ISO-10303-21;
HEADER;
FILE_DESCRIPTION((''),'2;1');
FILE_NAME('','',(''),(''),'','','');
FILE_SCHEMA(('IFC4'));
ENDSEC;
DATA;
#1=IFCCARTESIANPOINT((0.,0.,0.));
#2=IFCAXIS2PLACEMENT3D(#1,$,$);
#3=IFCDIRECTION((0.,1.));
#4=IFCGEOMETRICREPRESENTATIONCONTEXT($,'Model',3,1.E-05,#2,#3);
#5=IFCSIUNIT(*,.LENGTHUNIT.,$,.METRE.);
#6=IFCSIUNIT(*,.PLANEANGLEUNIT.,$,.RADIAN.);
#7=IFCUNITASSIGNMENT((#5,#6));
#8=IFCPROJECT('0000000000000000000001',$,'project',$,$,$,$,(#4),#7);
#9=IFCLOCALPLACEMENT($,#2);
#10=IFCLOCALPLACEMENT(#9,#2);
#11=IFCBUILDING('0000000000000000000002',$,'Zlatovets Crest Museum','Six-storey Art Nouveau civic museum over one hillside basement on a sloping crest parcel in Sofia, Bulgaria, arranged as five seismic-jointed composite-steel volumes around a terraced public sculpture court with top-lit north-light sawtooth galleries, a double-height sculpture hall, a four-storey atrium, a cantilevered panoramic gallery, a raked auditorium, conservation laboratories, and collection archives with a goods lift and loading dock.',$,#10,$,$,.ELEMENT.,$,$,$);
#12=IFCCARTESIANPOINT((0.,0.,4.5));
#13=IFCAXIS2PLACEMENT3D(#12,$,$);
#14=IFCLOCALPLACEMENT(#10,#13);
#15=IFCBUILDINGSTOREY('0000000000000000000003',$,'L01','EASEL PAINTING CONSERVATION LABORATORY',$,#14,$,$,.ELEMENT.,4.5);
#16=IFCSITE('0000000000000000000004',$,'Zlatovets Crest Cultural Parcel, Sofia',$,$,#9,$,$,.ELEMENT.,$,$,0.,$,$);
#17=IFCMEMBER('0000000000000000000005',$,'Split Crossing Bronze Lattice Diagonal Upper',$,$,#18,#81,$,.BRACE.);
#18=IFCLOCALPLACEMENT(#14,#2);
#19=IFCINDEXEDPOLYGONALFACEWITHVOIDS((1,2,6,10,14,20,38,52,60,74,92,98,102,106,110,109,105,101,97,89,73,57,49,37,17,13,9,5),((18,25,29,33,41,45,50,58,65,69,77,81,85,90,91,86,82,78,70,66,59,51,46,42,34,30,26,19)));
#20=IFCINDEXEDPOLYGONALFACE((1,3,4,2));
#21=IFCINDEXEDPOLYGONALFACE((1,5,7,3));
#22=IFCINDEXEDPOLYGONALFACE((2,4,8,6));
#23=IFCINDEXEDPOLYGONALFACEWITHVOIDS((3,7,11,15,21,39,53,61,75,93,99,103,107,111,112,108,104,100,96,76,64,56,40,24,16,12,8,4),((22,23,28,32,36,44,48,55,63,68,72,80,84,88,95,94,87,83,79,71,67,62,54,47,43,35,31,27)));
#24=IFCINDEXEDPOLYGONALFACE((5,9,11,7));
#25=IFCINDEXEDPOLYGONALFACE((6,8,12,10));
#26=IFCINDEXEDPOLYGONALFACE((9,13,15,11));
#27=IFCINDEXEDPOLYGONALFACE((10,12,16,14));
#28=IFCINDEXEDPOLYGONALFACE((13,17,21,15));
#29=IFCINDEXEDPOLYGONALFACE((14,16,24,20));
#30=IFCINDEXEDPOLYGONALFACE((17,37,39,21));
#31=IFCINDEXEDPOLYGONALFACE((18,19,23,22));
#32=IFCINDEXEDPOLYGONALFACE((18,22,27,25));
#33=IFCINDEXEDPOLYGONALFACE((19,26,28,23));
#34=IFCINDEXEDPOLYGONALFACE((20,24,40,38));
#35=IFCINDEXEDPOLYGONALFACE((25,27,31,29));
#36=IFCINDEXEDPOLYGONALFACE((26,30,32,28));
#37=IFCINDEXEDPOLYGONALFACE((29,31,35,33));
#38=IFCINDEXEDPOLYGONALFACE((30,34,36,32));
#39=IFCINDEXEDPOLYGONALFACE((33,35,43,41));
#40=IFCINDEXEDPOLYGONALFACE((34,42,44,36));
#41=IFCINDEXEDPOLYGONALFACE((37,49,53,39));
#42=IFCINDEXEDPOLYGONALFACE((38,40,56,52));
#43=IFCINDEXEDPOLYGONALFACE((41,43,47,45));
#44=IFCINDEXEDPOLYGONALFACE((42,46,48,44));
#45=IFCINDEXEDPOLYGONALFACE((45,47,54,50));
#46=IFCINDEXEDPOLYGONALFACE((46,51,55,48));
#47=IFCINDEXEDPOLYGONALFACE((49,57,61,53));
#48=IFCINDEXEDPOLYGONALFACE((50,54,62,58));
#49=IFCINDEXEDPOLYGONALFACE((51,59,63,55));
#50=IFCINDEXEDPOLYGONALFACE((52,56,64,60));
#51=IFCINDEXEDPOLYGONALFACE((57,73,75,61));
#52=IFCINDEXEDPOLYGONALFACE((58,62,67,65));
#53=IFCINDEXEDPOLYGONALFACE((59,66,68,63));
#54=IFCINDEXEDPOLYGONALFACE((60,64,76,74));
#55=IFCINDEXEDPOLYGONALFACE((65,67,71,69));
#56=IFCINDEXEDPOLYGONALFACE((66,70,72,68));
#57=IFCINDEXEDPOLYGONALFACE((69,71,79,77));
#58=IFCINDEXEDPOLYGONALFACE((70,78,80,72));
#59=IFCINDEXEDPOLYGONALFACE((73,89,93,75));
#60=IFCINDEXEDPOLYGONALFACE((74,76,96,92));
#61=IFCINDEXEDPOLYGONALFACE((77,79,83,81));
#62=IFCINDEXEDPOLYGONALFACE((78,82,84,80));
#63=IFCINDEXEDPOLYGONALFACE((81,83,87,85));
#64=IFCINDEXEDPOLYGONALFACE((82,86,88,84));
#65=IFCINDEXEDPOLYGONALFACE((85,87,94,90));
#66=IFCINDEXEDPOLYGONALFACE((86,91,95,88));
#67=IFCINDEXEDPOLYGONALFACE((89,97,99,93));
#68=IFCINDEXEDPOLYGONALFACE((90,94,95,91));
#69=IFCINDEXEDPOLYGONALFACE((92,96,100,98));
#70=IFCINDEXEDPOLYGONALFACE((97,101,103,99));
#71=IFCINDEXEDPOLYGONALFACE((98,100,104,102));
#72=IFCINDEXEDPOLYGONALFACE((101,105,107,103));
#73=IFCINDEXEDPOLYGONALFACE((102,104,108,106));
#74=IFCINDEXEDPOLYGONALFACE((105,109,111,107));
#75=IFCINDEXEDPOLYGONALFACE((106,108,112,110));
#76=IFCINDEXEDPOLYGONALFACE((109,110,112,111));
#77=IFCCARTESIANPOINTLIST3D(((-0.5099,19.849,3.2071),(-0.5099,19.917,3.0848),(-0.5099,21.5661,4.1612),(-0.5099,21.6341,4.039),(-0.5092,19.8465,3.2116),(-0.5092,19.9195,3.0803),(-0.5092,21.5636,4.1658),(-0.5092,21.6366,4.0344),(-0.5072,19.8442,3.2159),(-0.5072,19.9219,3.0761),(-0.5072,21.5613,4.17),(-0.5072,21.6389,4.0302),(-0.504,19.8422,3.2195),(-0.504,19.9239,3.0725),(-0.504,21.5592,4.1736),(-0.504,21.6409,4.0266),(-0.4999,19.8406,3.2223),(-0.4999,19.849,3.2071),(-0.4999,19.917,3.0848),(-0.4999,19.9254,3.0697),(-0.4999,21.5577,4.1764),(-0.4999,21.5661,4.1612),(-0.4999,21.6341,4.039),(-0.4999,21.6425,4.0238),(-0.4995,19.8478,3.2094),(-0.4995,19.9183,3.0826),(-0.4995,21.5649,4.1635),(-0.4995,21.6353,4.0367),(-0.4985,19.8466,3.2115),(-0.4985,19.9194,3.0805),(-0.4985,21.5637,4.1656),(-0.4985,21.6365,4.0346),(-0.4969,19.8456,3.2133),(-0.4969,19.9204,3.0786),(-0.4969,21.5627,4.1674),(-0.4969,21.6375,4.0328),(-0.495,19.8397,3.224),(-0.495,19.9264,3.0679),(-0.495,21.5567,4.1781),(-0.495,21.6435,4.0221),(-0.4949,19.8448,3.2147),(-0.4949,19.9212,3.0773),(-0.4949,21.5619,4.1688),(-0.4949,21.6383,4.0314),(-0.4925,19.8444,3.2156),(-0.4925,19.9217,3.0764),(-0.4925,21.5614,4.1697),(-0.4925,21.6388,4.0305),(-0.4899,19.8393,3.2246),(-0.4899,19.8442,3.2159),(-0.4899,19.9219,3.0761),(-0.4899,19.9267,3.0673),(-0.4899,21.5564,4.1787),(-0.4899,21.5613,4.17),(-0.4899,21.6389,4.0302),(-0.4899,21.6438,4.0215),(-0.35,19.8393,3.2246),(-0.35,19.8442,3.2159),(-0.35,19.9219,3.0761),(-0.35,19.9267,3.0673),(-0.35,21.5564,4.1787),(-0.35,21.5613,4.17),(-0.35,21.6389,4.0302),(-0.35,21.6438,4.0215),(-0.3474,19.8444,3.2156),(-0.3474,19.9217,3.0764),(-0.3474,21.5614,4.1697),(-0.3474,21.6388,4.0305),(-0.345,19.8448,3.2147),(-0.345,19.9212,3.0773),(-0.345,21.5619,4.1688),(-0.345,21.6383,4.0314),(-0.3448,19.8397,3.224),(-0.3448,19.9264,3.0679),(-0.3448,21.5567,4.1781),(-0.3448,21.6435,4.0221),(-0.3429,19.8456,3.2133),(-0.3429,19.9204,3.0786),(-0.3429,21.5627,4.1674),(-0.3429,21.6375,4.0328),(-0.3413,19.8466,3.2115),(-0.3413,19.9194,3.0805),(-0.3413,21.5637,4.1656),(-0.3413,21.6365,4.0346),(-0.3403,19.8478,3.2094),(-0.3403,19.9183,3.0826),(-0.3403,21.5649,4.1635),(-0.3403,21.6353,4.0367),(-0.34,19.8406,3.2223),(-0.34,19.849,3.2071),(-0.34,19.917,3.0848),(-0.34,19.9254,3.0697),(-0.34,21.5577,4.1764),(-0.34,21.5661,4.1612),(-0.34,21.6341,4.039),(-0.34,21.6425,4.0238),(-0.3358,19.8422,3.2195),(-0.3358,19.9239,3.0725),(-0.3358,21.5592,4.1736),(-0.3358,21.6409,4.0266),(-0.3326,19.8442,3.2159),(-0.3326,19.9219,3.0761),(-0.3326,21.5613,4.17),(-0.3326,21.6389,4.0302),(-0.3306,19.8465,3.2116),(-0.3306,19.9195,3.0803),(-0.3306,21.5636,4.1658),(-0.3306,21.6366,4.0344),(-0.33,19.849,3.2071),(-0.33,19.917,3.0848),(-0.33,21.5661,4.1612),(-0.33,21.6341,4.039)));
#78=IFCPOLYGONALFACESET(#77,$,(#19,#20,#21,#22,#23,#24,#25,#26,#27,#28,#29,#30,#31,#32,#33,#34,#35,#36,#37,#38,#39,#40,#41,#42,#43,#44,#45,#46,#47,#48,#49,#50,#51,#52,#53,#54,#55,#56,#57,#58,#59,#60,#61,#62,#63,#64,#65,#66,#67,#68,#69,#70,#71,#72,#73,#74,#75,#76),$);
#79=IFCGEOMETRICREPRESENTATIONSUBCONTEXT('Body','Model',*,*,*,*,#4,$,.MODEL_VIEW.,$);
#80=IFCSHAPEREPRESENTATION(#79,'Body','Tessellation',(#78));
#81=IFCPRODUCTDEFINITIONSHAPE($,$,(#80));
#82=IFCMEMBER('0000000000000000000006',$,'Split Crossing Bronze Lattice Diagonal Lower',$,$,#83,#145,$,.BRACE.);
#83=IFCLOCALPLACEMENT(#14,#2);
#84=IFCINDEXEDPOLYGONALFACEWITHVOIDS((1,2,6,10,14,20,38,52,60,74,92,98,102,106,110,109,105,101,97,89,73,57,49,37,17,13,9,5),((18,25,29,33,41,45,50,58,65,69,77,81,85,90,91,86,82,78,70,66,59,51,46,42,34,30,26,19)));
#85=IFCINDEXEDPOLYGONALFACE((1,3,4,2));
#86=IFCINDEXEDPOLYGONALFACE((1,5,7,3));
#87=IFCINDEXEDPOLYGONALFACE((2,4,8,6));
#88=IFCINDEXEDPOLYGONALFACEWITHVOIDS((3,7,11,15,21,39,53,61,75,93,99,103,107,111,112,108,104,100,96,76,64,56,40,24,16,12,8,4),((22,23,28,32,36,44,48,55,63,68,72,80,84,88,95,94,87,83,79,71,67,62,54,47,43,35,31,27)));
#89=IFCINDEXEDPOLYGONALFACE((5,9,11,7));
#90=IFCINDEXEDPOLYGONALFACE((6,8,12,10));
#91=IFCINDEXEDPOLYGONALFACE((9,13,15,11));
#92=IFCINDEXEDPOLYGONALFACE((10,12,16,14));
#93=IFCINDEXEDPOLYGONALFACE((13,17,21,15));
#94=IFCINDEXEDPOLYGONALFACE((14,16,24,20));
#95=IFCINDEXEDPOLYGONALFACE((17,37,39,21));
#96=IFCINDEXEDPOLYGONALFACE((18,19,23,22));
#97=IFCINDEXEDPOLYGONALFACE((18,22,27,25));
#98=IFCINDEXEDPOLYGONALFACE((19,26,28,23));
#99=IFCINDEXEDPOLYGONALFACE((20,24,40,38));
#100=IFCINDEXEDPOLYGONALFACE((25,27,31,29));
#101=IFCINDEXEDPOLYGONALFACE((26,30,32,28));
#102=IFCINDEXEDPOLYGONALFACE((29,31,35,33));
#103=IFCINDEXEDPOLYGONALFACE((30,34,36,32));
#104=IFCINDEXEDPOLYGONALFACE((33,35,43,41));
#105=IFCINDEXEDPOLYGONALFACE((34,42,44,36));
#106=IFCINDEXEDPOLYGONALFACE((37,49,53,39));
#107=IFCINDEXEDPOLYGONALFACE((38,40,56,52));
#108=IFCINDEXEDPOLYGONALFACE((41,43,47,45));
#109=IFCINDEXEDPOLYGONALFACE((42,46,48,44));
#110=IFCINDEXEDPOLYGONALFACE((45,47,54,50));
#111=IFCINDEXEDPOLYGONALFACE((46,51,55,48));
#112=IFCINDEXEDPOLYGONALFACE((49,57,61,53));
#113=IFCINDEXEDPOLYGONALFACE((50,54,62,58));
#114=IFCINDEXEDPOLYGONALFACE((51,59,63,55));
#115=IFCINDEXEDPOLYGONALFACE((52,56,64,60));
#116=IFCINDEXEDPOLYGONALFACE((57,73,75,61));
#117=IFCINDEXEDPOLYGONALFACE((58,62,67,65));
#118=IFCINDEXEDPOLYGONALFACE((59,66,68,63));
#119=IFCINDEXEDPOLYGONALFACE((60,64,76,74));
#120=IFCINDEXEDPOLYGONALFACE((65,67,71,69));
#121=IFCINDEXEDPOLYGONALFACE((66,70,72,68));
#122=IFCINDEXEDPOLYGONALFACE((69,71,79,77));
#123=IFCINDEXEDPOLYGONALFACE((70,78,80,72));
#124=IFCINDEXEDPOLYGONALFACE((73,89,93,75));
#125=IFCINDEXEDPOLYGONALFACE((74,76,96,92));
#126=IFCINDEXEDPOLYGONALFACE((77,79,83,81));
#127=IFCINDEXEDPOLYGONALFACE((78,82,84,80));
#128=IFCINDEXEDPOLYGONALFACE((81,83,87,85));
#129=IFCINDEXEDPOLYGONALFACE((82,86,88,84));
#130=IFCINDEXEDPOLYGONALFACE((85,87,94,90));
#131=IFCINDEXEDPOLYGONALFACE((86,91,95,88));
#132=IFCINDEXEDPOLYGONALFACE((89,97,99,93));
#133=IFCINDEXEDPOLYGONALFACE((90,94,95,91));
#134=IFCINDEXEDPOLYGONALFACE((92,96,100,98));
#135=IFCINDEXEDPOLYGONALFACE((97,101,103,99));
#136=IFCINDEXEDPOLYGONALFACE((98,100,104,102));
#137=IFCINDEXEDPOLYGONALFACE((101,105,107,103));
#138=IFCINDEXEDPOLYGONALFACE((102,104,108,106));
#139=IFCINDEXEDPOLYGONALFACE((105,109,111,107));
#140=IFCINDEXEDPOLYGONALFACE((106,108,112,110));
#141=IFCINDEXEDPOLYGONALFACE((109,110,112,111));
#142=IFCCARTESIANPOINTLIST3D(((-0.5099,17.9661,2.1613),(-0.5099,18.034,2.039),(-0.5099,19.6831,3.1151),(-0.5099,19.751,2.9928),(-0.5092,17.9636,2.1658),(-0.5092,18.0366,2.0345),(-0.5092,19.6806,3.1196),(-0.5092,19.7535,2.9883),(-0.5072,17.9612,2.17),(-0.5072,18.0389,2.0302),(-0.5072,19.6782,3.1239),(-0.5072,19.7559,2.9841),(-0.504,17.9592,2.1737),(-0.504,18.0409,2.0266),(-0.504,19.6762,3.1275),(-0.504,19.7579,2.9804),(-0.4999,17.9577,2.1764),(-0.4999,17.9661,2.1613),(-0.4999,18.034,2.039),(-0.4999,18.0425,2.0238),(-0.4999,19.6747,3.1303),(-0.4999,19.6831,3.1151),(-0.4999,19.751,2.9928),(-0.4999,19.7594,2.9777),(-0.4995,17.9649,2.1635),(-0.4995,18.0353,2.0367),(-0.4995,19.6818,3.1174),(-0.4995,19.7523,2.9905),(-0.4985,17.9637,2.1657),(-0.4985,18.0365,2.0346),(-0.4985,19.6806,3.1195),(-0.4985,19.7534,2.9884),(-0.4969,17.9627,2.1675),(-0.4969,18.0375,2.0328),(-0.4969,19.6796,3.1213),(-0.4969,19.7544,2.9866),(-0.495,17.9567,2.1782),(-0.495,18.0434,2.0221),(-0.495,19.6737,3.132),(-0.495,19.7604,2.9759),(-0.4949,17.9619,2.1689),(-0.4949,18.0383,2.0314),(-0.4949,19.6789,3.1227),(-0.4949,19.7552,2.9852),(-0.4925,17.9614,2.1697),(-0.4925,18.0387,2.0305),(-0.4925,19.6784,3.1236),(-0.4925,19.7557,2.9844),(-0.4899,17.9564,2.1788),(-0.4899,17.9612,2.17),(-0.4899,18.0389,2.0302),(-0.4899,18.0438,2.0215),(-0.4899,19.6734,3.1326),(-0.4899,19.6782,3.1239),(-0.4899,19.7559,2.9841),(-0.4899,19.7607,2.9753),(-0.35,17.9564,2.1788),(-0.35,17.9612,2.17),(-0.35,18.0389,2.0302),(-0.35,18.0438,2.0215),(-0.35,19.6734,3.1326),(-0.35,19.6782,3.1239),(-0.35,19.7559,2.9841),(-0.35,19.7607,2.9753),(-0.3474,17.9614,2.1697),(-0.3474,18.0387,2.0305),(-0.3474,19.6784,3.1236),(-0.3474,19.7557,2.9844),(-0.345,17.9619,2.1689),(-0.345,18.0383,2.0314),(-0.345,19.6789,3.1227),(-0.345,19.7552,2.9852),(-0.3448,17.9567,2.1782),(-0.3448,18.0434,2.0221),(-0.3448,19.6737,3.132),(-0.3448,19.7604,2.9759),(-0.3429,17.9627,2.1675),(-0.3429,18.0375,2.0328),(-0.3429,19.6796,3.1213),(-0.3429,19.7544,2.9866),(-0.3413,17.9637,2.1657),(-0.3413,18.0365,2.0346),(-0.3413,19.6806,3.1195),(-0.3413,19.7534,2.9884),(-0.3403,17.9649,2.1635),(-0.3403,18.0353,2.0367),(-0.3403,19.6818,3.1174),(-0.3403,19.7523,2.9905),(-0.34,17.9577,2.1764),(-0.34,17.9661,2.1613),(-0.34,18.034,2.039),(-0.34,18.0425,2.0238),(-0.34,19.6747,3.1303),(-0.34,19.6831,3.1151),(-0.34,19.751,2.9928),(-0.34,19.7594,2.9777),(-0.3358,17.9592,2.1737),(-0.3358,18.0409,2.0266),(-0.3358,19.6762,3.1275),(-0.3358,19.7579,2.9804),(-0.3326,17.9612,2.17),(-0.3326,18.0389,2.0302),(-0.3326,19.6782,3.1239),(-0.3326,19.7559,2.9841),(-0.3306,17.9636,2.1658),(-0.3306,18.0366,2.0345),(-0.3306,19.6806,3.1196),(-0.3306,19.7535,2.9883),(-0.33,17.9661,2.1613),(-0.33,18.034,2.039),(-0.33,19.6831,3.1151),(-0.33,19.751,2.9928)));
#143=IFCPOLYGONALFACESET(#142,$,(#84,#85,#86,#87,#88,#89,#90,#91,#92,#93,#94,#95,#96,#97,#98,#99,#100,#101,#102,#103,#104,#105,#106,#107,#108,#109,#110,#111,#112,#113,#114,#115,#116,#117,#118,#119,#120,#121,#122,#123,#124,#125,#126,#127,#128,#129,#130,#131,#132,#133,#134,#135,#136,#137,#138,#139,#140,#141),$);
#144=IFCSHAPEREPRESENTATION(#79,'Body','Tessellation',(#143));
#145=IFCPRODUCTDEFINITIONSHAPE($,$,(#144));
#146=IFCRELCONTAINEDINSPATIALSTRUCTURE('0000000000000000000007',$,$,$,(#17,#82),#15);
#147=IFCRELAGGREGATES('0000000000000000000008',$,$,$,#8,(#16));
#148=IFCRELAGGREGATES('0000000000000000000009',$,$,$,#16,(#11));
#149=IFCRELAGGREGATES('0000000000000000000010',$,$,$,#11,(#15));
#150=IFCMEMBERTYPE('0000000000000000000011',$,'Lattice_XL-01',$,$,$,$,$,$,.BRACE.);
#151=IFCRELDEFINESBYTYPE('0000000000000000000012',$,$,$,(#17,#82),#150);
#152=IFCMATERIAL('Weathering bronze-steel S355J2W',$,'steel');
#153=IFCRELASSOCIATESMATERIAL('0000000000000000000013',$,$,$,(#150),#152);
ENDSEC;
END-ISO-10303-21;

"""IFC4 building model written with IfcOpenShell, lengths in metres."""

from ifc_helpers import new_model, si_unit, direction, frame, origin, origin_2d, place, context, subcontext, project, spatial, hollow_rectangle, extrude, material, material_profile, profile_set, type_object, element, save


model = new_model("IFC4")

# Units and contexts
model_context = context("Model", 3, precision=1e-05, world=origin(), true_north=direction((0.0, 1.0)))
body_context = subcontext(model_context, "Body", "Model", "MODEL_VIEW")
ifc_project = project(units=[si_unit("LENGTHUNIT", "METRE"), si_unit("PLANEANGLEUNIT", "RADIAN")], contexts=[model_context])

# Site, building, storey
site_placement = place(None, origin())
site = spatial("IfcSite", under=ifc_project, at=site_placement, Name="Zlatovets Crest Cultural Parcel, Sofia", CompositionType="ELEMENT", RefElevation=0.0)
building_placement = place(site_placement, origin())
building = spatial("IfcBuilding", under=site, at=building_placement, Name="Zlatovets Crest Museum", Description="Six-storey Art Nouveau civic museum over one hillside basement on a sloping crest parcel in Sofia, Bulgaria, arranged as five seismic-jointed composite-steel volumes around a terraced public sculpture court with top-lit north-light sawtooth galleries, a double-height sculpture hall, a four-storey atrium, a cantilevered panoramic gallery, a raked auditorium, conservation laboratories, and collection archives with a goods lift and loading dock.", CompositionType="ELEMENT")
storey_placement = place(building_placement, frame((0.0, 0.0, 4.5)))
storey = spatial("IfcBuildingStorey", under=building, at=storey_placement, Name="L01", Description="EASEL PAINTING CONSERVATION LABORATORY", CompositionType="ELEMENT", Elevation=4.5)

# Members
ifc_material_1 = material(Name="Weathering bronze-steel S355J2W", Category="steel")
ifc_material_profile_1 = material_profile(ifc_material_1, hollow_rectangle(XDim=0.1799, YDim=0.1799, WallThickness=0.01, InnerFilletRadius=0.01, OuterFilletRadius=0.02, at=origin_2d()), Name="SHS 180x180x10.0")
ifc_profile_set_1 = profile_set([ifc_material_profile_1], Name="Weathering bronze-steel S355J2W")
member_type_1 = type_object("IfcMemberType", Name="Lattice_XL-01", PredefinedType="BRACE", material=ifc_profile_set_1)
member_1_placement = place(storey_placement, frame((-0.4199, 21.6001, 4.1001), z_axis=(0.0, -0.874116, -0.485717), x_axis=(1.0, 0.0, 0.0)))
element("IfcMember", 1, at=member_1_placement, inside=storey, type_object=member_type_1, Name="Split Crossing Bronze Lattice Diagonal Upper", PredefinedType="BRACE", context=body_context, shape_type="SweptSolid", body=[
    extrude(hollow_rectangle(XDim=0.1799, YDim=0.1799, WallThickness=0.01, InnerFilletRadius=0.01, OuterFilletRadius=0.02, at=origin_2d()), origin(), (0.0, 0.0, 1.0), 1.9644),
])
member_2_placement = place(storey_placement, frame((-0.4199, 19.717, 3.054), z_axis=(0.0, -0.874169, -0.485622), x_axis=(1.0, 0.0, 0.0)))
element("IfcMember", 2, at=member_2_placement, inside=storey, type_object=member_type_1, Name="Split Crossing Bronze Lattice Diagonal Lower", PredefinedType="BRACE", context=body_context, shape_type="SweptSolid", body=[
    extrude(hollow_rectangle(XDim=0.1799, YDim=0.1799, WallThickness=0.01, InnerFilletRadius=0.01, OuterFilletRadius=0.02, at=origin_2d()), origin(), (0.0, 0.0, 1.0), 1.9641),
])

save(model, "model.ifc")
